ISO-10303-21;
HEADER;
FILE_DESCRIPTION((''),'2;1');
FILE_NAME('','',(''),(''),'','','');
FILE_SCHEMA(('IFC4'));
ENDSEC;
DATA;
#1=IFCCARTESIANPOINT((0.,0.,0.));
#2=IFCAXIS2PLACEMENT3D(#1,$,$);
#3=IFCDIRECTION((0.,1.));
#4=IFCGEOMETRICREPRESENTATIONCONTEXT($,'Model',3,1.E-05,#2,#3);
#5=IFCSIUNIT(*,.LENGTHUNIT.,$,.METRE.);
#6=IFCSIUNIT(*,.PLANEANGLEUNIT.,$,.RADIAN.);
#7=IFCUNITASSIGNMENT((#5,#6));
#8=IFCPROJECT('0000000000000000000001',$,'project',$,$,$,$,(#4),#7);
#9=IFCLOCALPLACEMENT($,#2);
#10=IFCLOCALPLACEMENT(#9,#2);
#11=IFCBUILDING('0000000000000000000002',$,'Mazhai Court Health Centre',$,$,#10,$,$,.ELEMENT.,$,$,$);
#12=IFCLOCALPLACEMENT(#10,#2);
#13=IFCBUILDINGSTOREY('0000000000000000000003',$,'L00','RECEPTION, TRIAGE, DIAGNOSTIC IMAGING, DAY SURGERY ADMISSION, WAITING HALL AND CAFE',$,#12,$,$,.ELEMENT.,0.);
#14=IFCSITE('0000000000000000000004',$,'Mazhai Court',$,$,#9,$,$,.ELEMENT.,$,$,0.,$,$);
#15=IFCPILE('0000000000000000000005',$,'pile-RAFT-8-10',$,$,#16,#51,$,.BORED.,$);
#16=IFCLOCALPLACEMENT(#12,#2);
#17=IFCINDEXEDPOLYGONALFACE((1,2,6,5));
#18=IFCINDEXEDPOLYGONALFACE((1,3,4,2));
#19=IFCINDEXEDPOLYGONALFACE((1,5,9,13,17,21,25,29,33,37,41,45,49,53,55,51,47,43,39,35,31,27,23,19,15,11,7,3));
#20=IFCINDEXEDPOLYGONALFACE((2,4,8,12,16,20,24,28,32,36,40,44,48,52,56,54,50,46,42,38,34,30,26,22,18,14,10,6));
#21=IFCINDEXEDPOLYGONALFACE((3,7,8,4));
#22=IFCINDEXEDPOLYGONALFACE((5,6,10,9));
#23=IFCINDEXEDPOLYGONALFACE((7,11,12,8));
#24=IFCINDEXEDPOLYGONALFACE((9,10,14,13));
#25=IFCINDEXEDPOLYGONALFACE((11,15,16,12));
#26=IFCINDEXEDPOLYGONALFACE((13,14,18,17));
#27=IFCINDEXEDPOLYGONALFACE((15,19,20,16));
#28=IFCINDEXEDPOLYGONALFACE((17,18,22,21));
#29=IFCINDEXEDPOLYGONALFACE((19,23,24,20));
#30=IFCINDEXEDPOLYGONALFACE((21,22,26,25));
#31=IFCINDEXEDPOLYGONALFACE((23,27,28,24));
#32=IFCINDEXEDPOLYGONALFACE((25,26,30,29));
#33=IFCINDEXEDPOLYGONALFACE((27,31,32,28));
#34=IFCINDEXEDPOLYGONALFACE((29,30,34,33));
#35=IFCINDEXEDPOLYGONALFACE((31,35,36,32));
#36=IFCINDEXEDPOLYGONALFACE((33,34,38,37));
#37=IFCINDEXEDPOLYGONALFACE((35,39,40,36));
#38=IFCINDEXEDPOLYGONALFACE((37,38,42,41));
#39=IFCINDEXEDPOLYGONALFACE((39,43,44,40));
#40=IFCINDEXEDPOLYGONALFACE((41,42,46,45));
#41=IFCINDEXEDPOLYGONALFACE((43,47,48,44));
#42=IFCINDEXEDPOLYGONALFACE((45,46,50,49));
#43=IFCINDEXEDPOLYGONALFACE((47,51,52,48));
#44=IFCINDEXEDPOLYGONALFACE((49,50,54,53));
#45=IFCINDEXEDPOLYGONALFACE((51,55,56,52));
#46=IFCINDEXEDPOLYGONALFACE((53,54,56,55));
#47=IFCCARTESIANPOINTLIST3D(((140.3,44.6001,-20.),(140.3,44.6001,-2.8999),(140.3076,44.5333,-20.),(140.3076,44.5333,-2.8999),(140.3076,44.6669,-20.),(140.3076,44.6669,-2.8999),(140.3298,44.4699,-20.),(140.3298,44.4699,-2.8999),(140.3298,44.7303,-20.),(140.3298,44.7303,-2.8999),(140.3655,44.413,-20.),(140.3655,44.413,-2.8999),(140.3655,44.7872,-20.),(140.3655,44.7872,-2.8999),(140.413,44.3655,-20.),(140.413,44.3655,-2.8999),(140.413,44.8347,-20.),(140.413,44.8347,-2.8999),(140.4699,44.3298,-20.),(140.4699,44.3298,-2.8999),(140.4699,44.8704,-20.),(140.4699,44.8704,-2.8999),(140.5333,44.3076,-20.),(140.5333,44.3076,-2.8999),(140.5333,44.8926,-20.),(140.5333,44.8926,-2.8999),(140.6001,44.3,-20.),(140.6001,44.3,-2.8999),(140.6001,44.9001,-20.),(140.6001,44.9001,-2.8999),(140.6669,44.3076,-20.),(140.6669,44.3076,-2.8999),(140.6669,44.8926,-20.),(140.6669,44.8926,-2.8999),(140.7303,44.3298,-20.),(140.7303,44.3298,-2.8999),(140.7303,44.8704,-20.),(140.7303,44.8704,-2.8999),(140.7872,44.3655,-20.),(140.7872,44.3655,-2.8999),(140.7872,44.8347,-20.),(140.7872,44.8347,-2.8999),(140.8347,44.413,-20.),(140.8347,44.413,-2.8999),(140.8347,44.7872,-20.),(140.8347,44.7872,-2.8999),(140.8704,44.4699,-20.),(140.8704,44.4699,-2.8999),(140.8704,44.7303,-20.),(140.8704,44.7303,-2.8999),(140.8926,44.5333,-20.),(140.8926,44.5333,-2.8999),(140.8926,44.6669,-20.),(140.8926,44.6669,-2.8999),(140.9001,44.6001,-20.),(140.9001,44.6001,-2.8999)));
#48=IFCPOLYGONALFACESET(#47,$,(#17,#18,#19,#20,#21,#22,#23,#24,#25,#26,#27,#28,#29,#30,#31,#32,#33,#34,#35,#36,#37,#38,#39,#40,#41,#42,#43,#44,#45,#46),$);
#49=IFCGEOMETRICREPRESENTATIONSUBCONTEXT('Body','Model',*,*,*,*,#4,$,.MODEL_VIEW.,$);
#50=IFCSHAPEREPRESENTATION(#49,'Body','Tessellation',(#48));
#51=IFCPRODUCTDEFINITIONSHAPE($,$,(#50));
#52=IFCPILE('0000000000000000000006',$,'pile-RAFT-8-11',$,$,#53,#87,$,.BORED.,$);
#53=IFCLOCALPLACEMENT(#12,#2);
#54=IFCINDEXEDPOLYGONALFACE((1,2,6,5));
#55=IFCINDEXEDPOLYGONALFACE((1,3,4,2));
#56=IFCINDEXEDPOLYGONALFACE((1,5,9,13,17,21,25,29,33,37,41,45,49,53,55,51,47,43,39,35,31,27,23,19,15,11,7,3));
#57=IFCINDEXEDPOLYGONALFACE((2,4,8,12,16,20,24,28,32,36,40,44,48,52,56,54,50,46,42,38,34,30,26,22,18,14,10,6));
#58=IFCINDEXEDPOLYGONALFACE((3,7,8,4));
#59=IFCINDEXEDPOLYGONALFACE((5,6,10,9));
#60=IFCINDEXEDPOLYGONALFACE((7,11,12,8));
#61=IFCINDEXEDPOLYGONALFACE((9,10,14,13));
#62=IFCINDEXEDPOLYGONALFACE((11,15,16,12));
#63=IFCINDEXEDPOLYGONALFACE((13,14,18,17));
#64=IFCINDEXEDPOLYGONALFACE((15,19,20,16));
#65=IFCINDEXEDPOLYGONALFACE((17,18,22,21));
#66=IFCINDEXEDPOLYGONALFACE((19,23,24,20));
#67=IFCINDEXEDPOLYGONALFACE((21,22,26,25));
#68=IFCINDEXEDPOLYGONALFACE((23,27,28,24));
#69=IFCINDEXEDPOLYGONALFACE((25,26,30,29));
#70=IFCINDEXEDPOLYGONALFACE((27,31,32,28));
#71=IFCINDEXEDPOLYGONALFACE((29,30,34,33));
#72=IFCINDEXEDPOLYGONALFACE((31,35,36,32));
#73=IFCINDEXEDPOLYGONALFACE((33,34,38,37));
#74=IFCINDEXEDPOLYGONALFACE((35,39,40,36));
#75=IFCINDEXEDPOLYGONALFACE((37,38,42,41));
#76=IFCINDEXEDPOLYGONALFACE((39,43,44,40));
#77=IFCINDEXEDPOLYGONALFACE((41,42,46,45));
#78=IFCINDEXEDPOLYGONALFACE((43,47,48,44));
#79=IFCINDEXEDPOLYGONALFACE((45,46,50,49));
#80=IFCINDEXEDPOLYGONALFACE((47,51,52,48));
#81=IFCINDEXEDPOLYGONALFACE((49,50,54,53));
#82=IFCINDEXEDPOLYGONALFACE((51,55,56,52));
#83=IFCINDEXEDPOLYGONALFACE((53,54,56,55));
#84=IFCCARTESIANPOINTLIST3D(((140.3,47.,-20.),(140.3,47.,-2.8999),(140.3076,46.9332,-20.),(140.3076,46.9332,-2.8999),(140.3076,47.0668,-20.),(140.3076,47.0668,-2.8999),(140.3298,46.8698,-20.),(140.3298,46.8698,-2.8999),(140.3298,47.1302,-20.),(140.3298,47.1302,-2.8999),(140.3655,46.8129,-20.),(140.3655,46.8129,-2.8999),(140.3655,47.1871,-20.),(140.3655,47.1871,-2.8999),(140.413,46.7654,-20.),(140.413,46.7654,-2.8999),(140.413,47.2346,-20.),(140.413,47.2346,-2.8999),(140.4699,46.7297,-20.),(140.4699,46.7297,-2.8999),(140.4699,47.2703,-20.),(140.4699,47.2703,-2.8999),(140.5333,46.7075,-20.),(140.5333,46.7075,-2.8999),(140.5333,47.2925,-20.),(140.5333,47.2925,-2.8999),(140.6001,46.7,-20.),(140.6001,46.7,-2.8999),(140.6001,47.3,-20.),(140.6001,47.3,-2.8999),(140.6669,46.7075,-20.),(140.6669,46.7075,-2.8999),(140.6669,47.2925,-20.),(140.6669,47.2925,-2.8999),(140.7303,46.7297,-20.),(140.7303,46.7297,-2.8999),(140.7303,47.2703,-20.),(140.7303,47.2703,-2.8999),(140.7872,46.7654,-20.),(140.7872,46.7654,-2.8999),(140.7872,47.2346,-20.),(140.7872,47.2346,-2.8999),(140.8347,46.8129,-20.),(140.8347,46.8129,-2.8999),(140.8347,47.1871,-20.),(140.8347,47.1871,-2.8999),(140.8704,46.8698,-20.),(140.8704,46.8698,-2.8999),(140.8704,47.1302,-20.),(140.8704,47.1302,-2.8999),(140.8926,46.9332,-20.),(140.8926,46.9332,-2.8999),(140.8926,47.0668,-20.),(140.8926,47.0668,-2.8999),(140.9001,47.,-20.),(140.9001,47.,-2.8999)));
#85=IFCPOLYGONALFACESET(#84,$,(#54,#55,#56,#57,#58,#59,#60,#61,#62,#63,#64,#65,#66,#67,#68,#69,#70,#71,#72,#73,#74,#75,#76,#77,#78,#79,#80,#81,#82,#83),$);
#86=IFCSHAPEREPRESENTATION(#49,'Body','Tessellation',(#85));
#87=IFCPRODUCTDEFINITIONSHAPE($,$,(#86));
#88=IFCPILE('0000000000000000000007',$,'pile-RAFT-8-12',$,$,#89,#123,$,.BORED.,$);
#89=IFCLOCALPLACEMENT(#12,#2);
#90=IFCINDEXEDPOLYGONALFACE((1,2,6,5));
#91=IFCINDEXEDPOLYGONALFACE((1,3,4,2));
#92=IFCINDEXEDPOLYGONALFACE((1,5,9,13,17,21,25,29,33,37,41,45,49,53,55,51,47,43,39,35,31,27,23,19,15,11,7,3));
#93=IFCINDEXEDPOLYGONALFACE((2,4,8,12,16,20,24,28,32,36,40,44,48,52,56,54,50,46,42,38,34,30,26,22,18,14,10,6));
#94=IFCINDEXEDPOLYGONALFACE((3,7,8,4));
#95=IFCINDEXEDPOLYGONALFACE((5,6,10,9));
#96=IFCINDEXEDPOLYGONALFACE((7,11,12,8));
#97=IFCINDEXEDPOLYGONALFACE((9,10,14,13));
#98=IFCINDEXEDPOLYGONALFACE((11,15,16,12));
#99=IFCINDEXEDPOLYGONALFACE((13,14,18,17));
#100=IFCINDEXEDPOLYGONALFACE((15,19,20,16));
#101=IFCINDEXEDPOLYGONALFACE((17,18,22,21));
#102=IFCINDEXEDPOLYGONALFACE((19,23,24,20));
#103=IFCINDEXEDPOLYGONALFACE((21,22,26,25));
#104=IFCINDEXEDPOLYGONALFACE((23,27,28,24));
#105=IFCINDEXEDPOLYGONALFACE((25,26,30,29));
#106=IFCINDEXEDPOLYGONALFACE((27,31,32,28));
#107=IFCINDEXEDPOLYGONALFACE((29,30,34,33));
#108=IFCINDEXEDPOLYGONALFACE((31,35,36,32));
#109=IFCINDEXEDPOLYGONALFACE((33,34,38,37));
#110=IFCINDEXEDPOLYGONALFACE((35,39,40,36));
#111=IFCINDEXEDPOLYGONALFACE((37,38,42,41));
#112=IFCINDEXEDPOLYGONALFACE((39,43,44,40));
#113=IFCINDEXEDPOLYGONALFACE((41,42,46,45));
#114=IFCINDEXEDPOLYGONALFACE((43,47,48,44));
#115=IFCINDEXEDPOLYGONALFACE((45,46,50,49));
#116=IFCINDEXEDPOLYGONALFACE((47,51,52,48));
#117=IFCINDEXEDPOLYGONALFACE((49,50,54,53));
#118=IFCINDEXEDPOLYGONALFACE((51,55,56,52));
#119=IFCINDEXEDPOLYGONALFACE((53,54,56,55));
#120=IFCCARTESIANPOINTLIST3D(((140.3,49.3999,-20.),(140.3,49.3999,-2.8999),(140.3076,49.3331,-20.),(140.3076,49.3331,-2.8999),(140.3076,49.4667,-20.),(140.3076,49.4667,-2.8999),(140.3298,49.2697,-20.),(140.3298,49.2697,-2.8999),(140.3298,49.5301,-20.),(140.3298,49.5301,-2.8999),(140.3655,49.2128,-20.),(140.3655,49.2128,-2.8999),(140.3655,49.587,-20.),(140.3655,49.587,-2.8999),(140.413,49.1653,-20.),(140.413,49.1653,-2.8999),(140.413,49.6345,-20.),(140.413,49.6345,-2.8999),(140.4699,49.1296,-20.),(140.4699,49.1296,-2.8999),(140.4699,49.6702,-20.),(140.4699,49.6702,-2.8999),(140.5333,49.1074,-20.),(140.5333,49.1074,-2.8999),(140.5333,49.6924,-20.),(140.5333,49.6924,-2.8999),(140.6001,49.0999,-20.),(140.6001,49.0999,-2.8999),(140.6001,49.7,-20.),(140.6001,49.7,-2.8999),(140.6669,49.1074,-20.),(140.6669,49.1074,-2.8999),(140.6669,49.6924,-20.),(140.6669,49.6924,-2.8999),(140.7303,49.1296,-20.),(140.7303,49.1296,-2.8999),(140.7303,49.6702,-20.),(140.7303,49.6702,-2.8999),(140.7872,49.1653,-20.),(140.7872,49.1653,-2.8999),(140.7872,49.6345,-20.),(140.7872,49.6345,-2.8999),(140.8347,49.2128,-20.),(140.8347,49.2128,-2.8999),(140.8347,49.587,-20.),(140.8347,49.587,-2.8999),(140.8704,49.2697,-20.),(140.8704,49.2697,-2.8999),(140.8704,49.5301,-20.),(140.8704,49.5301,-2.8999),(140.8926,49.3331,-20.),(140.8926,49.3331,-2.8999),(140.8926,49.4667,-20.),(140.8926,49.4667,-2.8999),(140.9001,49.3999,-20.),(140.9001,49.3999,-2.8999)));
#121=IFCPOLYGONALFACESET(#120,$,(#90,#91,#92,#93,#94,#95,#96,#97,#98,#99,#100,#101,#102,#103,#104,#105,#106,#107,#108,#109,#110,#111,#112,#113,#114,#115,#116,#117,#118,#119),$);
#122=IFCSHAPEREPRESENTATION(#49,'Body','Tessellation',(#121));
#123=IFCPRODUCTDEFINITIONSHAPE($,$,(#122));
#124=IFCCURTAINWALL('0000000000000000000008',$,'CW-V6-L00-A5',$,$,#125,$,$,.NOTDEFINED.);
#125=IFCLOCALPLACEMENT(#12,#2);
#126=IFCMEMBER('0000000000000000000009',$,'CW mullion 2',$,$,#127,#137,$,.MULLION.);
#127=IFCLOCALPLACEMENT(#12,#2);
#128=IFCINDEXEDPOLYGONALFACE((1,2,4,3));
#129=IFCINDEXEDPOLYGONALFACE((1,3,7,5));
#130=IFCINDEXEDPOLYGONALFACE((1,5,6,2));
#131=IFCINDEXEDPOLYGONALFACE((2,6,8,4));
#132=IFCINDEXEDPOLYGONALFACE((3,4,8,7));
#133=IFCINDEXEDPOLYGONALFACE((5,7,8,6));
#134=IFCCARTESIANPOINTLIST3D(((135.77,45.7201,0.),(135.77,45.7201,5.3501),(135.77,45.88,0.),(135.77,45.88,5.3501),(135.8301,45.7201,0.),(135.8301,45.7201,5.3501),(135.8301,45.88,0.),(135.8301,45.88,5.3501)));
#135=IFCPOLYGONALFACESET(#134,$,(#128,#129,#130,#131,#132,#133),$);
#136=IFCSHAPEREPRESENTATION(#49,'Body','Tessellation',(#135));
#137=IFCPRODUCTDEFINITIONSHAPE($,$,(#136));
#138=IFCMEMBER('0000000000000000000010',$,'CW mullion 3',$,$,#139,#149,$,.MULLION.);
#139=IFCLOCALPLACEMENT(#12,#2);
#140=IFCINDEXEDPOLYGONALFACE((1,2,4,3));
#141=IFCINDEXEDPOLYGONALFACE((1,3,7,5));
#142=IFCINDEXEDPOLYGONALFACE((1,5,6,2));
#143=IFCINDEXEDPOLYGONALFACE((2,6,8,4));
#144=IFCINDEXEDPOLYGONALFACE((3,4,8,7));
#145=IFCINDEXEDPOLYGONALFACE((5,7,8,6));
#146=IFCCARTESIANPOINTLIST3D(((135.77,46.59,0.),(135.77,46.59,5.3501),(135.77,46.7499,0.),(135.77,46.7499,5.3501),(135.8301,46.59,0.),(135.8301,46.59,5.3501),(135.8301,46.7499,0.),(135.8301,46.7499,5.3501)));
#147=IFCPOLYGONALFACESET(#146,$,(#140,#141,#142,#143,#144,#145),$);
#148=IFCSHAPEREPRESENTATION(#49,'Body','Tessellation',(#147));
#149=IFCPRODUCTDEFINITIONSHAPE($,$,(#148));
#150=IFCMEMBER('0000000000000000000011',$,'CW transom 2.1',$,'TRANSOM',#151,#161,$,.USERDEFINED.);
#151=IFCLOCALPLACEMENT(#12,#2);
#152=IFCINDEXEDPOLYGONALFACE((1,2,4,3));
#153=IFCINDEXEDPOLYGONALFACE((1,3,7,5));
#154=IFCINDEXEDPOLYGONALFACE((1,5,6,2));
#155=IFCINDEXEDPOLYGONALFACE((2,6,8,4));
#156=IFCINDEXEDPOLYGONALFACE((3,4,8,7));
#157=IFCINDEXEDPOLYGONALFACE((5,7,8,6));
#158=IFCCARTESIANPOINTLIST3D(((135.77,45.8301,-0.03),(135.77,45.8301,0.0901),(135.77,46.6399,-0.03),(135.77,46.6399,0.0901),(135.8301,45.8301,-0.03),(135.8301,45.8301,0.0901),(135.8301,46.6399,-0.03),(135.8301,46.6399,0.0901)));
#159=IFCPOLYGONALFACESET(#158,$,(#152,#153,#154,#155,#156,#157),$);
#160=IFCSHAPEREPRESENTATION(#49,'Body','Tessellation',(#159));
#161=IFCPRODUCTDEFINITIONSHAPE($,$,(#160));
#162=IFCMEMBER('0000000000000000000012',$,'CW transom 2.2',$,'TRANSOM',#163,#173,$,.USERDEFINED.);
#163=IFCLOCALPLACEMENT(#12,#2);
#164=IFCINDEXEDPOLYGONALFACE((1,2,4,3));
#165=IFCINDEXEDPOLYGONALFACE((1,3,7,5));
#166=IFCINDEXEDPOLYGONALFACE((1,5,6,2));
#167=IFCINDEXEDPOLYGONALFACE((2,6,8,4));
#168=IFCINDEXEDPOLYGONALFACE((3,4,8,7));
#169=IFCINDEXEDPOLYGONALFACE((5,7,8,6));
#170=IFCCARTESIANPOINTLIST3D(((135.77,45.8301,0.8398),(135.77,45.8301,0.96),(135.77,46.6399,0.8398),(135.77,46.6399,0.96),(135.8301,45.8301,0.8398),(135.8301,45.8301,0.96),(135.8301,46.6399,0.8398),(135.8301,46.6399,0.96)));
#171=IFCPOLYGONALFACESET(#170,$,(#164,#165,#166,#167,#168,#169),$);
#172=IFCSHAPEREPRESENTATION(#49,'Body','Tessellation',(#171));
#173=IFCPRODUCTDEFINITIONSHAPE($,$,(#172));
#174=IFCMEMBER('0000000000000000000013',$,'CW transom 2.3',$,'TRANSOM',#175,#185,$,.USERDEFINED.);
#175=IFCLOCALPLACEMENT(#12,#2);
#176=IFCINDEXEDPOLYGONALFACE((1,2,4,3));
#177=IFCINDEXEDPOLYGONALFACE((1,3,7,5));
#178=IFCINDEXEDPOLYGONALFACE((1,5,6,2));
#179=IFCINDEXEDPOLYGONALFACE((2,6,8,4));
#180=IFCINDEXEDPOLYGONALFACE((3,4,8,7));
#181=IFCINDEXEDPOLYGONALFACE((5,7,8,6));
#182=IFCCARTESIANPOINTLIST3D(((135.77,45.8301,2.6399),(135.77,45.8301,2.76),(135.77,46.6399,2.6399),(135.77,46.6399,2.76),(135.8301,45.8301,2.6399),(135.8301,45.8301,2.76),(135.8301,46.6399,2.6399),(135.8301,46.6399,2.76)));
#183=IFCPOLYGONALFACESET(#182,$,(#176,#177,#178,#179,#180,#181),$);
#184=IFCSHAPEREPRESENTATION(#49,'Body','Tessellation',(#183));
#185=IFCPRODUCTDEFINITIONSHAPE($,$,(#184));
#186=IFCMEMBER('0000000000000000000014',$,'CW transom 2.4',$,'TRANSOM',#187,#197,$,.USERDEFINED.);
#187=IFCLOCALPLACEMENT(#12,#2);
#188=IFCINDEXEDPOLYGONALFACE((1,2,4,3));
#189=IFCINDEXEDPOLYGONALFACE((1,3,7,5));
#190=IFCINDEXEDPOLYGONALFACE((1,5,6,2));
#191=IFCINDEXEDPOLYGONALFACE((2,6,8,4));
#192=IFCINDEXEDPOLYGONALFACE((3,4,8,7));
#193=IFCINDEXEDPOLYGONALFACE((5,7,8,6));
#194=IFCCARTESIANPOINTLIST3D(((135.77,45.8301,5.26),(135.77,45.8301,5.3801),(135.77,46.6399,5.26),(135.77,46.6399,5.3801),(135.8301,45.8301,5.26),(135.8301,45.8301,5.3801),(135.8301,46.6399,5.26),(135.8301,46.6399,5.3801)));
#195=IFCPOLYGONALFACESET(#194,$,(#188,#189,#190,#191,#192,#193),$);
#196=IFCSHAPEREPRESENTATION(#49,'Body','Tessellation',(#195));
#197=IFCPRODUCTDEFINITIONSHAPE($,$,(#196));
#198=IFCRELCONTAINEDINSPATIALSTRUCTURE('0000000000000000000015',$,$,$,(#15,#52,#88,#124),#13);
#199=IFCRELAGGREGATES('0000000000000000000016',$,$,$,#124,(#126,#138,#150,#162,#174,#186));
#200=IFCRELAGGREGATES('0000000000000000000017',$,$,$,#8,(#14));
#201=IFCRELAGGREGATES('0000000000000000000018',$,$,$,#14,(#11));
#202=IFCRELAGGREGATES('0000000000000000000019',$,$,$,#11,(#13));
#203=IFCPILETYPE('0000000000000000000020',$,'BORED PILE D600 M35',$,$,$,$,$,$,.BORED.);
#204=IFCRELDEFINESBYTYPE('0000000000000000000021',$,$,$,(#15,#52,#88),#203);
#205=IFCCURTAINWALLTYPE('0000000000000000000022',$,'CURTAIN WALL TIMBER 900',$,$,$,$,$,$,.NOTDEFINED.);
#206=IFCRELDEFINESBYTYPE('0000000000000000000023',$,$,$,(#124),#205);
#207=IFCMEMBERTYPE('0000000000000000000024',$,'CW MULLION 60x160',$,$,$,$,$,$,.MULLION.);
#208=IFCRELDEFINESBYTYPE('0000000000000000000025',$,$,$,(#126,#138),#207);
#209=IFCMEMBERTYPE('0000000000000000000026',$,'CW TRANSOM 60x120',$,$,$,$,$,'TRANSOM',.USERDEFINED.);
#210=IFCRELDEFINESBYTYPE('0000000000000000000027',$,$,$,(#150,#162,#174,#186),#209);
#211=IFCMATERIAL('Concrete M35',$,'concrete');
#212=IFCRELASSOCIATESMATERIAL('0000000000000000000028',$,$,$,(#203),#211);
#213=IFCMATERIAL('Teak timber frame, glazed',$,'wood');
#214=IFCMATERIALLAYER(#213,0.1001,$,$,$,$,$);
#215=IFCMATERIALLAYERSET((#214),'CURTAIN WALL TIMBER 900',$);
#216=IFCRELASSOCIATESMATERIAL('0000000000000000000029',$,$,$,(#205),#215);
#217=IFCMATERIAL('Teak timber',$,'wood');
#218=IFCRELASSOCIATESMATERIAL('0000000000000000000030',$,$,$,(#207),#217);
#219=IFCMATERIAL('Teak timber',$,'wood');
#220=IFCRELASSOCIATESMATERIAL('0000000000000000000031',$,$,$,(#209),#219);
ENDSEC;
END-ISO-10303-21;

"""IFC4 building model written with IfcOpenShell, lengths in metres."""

from ifc_helpers import new_model, si_unit, direction, frame, origin, origin_2d, place, context, subcontext, project, spatial, rectangle, circle, extrude, material, layer, layer_set, material_profile, profile_set, type_object, element, aggregate, save


model = new_model("IFC4")

# Units and contexts
model_context = context("Model", 3, precision=1e-05, world=origin(), true_north=direction((0.0, 1.0)))
body_context = subcontext(model_context, "Body", "Model", "MODEL_VIEW")
ifc_project = project(units=[si_unit("LENGTHUNIT", "METRE"), si_unit("PLANEANGLEUNIT", "RADIAN")], contexts=[model_context])

# Site, building, storey
site_placement = place(None, origin())
site = spatial("IfcSite", under=ifc_project, at=site_placement, Name="Mazhai Court", CompositionType="ELEMENT", RefElevation=0.0)
building_placement = place(site_placement, origin())
building = spatial("IfcBuilding", under=site, at=building_placement, Name="Mazhai Court Health Centre", CompositionType="ELEMENT")
storey_placement = place(building_placement, origin())
storey = spatial("IfcBuildingStorey", under=building, at=storey_placement, Name="L00", Description="RECEPTION, TRIAGE, DIAGNOSTIC IMAGING, DAY SURGERY ADMISSION, WAITING HALL AND CAFE", CompositionType="ELEMENT", Elevation=0.0)

# Piles
ifc_material_1 = material(Name="Concrete M35", Category="concrete")
ifc_material_profile_1 = material_profile(ifc_material_1, circle(Radius=0.3, at=origin_2d()), Name="RC PILE D600")
ifc_profile_set_1 = profile_set([ifc_material_profile_1], Name="Concrete M35")
pile_type = type_object("IfcPileType", Name="BORED PILE D600 M35", PredefinedType="BORED", material=ifc_profile_set_1)
for number, where, z_axis, x_axis, name in (
    (1, (140.6001, 44.6001, -2.8999), (0.0, 0.0, -1.0), (1.0, 0.0, 0.0), "pile-RAFT-8-10"),
    (2, (140.6001, 47.0, -2.8999), (0.0, 0.0, -1.0), (1.0, 0.0, 0.0), "pile-RAFT-8-11"),
    (3, (140.6001, 49.3999, -2.8999), (0.0, 0.0, -1.0), (1.0, 0.0, 0.0), "pile-RAFT-8-12"),
):
    element("IfcPile", number, at=place(storey_placement, frame(where, z_axis=z_axis, x_axis=x_axis)), inside=storey, type_object=pile_type, Name=name, PredefinedType="BORED", context=body_context, shape_type="SweptSolid", body=[
        extrude(circle(Radius=0.3, at=origin_2d()), origin(), (0.0, 0.0, 1.0), 17.1001),
    ])

# Curtain wall, members
ifc_material_2 = material(Name="Teak timber frame, glazed", Category="wood")
ifc_layer_1 = layer(ifc_material_2, 0.1001)
ifc_layer_set_1 = layer_set([ifc_layer_1], Name="CURTAIN WALL TIMBER 900")
curtain_wall_type = type_object("IfcCurtainWallType", Name="CURTAIN WALL TIMBER 900", PredefinedType="NOTDEFINED", material=ifc_layer_set_1)
curtain_wall_placement = place(storey_placement, origin())
curtain_wall = element("IfcCurtainWall", 4, at=curtain_wall_placement, inside=storey, type_object=curtain_wall_type, Name="CW-V6-L00-A5", PredefinedType="NOTDEFINED")
ifc_material_3 = material(Name="Teak timber", Category="wood")
ifc_material_profile_2 = material_profile(ifc_material_3, rectangle(XDim=0.0601, YDim=0.1599, at=origin_2d()), Name="CW MULLION 60x160")
ifc_profile_set_2 = profile_set([ifc_material_profile_2], Name="Teak timber")
member_type_1 = type_object("IfcMemberType", Name="CW MULLION 60x160", PredefinedType="MULLION", material=ifc_profile_set_2)
member_1_placement = place(storey_placement, frame((135.8, 45.8, 0.0), z_axis=(0.0, 0.0, 1.0), x_axis=(-1.0, 0.0, 0.0)))
member_1 = element("IfcMember", 5, at=member_1_placement, type_object=member_type_1, Name="CW mullion 2", PredefinedType="MULLION", context=body_context, shape_type="SweptSolid", body=[
    extrude(rectangle(XDim=0.0601, YDim=0.1599, at=origin_2d()), origin(), (0.0, 0.0, 1.0), 5.3501),
])
member_2_placement = place(storey_placement, frame((135.8, 46.6699, 0.0), z_axis=(0.0, 0.0, 1.0), x_axis=(-1.0, 0.0, 0.0)))
member_2 = element("IfcMember", 6, at=member_2_placement, type_object=member_type_1, Name="CW mullion 3", PredefinedType="MULLION", context=body_context, shape_type="SweptSolid", body=[
    extrude(rectangle(XDim=0.0601, YDim=0.1599, at=origin_2d()), origin(), (0.0, 0.0, 1.0), 5.3501),
])
ifc_material_4 = material(Name="Teak timber", Category="wood")
ifc_material_profile_3 = material_profile(ifc_material_4, rectangle(XDim=0.0601, YDim=0.1201, at=origin_2d()), Name="CW TRANSOM 60x120")
ifc_profile_set_3 = profile_set([ifc_material_profile_3], Name="Teak timber")
member_type_2 = type_object("IfcMemberType", Name="CW TRANSOM 60x120", ElementType="TRANSOM", PredefinedType="USERDEFINED", material=ifc_profile_set_3)
member_3_placement = place(storey_placement, frame((135.8, 45.8301, 0.03), z_axis=(0.0, 1.0, 0.0), x_axis=(-1.0, 0.0, 0.0)))
member_3 = element("IfcMember", 7, at=member_3_placement, type_object=member_type_2, Name="CW transom 2.1", ObjectType="TRANSOM", PredefinedType="USERDEFINED", context=body_context, shape_type="SweptSolid", body=[
    extrude(rectangle(XDim=0.0601, YDim=0.1201, at=origin_2d()), origin(), (0.0, 0.0, 1.0), 0.8098),
])
member_4_placement = place(storey_placement, frame((135.8, 45.8301, 0.8999), z_axis=(0.0, 1.0, 0.0), x_axis=(-1.0, 0.0, 0.0)))
member_4 = element("IfcMember", 8, at=member_4_placement, type_object=member_type_2, Name="CW transom 2.2", ObjectType="TRANSOM", PredefinedType="USERDEFINED", context=body_context, shape_type="SweptSolid", body=[
    extrude(rectangle(XDim=0.0601, YDim=0.1201, at=origin_2d()), origin(), (0.0, 0.0, 1.0), 0.8098),
])
member_5_placement = place(storey_placement, frame((135.8, 45.8301, 2.7), z_axis=(0.0, 1.0, 0.0), x_axis=(-1.0, 0.0, 0.0)))
member_5 = element("IfcMember", 9, at=member_5_placement, type_object=member_type_2, Name="CW transom 2.3", ObjectType="TRANSOM", PredefinedType="USERDEFINED", context=body_context, shape_type="SweptSolid", body=[
    extrude(rectangle(XDim=0.0601, YDim=0.1201, at=origin_2d()), origin(), (0.0, 0.0, 1.0), 0.8098),
])
member_6_placement = place(storey_placement, frame((135.8, 45.8301, 5.3201), z_axis=(0.0, 1.0, 0.0), x_axis=(-1.0, 0.0, 0.0)))
member_6 = element("IfcMember", 10, at=member_6_placement, type_object=member_type_2, Name="CW transom 2.4", ObjectType="TRANSOM", PredefinedType="USERDEFINED", context=body_context, shape_type="SweptSolid", body=[
    extrude(rectangle(XDim=0.0601, YDim=0.1201, at=origin_2d()), origin(), (0.0, 0.0, 1.0), 0.8098),
])
aggregate(curtain_wall, [member_1, member_2, member_3, member_4, member_5, member_6])

save(model, "model.ifc")
